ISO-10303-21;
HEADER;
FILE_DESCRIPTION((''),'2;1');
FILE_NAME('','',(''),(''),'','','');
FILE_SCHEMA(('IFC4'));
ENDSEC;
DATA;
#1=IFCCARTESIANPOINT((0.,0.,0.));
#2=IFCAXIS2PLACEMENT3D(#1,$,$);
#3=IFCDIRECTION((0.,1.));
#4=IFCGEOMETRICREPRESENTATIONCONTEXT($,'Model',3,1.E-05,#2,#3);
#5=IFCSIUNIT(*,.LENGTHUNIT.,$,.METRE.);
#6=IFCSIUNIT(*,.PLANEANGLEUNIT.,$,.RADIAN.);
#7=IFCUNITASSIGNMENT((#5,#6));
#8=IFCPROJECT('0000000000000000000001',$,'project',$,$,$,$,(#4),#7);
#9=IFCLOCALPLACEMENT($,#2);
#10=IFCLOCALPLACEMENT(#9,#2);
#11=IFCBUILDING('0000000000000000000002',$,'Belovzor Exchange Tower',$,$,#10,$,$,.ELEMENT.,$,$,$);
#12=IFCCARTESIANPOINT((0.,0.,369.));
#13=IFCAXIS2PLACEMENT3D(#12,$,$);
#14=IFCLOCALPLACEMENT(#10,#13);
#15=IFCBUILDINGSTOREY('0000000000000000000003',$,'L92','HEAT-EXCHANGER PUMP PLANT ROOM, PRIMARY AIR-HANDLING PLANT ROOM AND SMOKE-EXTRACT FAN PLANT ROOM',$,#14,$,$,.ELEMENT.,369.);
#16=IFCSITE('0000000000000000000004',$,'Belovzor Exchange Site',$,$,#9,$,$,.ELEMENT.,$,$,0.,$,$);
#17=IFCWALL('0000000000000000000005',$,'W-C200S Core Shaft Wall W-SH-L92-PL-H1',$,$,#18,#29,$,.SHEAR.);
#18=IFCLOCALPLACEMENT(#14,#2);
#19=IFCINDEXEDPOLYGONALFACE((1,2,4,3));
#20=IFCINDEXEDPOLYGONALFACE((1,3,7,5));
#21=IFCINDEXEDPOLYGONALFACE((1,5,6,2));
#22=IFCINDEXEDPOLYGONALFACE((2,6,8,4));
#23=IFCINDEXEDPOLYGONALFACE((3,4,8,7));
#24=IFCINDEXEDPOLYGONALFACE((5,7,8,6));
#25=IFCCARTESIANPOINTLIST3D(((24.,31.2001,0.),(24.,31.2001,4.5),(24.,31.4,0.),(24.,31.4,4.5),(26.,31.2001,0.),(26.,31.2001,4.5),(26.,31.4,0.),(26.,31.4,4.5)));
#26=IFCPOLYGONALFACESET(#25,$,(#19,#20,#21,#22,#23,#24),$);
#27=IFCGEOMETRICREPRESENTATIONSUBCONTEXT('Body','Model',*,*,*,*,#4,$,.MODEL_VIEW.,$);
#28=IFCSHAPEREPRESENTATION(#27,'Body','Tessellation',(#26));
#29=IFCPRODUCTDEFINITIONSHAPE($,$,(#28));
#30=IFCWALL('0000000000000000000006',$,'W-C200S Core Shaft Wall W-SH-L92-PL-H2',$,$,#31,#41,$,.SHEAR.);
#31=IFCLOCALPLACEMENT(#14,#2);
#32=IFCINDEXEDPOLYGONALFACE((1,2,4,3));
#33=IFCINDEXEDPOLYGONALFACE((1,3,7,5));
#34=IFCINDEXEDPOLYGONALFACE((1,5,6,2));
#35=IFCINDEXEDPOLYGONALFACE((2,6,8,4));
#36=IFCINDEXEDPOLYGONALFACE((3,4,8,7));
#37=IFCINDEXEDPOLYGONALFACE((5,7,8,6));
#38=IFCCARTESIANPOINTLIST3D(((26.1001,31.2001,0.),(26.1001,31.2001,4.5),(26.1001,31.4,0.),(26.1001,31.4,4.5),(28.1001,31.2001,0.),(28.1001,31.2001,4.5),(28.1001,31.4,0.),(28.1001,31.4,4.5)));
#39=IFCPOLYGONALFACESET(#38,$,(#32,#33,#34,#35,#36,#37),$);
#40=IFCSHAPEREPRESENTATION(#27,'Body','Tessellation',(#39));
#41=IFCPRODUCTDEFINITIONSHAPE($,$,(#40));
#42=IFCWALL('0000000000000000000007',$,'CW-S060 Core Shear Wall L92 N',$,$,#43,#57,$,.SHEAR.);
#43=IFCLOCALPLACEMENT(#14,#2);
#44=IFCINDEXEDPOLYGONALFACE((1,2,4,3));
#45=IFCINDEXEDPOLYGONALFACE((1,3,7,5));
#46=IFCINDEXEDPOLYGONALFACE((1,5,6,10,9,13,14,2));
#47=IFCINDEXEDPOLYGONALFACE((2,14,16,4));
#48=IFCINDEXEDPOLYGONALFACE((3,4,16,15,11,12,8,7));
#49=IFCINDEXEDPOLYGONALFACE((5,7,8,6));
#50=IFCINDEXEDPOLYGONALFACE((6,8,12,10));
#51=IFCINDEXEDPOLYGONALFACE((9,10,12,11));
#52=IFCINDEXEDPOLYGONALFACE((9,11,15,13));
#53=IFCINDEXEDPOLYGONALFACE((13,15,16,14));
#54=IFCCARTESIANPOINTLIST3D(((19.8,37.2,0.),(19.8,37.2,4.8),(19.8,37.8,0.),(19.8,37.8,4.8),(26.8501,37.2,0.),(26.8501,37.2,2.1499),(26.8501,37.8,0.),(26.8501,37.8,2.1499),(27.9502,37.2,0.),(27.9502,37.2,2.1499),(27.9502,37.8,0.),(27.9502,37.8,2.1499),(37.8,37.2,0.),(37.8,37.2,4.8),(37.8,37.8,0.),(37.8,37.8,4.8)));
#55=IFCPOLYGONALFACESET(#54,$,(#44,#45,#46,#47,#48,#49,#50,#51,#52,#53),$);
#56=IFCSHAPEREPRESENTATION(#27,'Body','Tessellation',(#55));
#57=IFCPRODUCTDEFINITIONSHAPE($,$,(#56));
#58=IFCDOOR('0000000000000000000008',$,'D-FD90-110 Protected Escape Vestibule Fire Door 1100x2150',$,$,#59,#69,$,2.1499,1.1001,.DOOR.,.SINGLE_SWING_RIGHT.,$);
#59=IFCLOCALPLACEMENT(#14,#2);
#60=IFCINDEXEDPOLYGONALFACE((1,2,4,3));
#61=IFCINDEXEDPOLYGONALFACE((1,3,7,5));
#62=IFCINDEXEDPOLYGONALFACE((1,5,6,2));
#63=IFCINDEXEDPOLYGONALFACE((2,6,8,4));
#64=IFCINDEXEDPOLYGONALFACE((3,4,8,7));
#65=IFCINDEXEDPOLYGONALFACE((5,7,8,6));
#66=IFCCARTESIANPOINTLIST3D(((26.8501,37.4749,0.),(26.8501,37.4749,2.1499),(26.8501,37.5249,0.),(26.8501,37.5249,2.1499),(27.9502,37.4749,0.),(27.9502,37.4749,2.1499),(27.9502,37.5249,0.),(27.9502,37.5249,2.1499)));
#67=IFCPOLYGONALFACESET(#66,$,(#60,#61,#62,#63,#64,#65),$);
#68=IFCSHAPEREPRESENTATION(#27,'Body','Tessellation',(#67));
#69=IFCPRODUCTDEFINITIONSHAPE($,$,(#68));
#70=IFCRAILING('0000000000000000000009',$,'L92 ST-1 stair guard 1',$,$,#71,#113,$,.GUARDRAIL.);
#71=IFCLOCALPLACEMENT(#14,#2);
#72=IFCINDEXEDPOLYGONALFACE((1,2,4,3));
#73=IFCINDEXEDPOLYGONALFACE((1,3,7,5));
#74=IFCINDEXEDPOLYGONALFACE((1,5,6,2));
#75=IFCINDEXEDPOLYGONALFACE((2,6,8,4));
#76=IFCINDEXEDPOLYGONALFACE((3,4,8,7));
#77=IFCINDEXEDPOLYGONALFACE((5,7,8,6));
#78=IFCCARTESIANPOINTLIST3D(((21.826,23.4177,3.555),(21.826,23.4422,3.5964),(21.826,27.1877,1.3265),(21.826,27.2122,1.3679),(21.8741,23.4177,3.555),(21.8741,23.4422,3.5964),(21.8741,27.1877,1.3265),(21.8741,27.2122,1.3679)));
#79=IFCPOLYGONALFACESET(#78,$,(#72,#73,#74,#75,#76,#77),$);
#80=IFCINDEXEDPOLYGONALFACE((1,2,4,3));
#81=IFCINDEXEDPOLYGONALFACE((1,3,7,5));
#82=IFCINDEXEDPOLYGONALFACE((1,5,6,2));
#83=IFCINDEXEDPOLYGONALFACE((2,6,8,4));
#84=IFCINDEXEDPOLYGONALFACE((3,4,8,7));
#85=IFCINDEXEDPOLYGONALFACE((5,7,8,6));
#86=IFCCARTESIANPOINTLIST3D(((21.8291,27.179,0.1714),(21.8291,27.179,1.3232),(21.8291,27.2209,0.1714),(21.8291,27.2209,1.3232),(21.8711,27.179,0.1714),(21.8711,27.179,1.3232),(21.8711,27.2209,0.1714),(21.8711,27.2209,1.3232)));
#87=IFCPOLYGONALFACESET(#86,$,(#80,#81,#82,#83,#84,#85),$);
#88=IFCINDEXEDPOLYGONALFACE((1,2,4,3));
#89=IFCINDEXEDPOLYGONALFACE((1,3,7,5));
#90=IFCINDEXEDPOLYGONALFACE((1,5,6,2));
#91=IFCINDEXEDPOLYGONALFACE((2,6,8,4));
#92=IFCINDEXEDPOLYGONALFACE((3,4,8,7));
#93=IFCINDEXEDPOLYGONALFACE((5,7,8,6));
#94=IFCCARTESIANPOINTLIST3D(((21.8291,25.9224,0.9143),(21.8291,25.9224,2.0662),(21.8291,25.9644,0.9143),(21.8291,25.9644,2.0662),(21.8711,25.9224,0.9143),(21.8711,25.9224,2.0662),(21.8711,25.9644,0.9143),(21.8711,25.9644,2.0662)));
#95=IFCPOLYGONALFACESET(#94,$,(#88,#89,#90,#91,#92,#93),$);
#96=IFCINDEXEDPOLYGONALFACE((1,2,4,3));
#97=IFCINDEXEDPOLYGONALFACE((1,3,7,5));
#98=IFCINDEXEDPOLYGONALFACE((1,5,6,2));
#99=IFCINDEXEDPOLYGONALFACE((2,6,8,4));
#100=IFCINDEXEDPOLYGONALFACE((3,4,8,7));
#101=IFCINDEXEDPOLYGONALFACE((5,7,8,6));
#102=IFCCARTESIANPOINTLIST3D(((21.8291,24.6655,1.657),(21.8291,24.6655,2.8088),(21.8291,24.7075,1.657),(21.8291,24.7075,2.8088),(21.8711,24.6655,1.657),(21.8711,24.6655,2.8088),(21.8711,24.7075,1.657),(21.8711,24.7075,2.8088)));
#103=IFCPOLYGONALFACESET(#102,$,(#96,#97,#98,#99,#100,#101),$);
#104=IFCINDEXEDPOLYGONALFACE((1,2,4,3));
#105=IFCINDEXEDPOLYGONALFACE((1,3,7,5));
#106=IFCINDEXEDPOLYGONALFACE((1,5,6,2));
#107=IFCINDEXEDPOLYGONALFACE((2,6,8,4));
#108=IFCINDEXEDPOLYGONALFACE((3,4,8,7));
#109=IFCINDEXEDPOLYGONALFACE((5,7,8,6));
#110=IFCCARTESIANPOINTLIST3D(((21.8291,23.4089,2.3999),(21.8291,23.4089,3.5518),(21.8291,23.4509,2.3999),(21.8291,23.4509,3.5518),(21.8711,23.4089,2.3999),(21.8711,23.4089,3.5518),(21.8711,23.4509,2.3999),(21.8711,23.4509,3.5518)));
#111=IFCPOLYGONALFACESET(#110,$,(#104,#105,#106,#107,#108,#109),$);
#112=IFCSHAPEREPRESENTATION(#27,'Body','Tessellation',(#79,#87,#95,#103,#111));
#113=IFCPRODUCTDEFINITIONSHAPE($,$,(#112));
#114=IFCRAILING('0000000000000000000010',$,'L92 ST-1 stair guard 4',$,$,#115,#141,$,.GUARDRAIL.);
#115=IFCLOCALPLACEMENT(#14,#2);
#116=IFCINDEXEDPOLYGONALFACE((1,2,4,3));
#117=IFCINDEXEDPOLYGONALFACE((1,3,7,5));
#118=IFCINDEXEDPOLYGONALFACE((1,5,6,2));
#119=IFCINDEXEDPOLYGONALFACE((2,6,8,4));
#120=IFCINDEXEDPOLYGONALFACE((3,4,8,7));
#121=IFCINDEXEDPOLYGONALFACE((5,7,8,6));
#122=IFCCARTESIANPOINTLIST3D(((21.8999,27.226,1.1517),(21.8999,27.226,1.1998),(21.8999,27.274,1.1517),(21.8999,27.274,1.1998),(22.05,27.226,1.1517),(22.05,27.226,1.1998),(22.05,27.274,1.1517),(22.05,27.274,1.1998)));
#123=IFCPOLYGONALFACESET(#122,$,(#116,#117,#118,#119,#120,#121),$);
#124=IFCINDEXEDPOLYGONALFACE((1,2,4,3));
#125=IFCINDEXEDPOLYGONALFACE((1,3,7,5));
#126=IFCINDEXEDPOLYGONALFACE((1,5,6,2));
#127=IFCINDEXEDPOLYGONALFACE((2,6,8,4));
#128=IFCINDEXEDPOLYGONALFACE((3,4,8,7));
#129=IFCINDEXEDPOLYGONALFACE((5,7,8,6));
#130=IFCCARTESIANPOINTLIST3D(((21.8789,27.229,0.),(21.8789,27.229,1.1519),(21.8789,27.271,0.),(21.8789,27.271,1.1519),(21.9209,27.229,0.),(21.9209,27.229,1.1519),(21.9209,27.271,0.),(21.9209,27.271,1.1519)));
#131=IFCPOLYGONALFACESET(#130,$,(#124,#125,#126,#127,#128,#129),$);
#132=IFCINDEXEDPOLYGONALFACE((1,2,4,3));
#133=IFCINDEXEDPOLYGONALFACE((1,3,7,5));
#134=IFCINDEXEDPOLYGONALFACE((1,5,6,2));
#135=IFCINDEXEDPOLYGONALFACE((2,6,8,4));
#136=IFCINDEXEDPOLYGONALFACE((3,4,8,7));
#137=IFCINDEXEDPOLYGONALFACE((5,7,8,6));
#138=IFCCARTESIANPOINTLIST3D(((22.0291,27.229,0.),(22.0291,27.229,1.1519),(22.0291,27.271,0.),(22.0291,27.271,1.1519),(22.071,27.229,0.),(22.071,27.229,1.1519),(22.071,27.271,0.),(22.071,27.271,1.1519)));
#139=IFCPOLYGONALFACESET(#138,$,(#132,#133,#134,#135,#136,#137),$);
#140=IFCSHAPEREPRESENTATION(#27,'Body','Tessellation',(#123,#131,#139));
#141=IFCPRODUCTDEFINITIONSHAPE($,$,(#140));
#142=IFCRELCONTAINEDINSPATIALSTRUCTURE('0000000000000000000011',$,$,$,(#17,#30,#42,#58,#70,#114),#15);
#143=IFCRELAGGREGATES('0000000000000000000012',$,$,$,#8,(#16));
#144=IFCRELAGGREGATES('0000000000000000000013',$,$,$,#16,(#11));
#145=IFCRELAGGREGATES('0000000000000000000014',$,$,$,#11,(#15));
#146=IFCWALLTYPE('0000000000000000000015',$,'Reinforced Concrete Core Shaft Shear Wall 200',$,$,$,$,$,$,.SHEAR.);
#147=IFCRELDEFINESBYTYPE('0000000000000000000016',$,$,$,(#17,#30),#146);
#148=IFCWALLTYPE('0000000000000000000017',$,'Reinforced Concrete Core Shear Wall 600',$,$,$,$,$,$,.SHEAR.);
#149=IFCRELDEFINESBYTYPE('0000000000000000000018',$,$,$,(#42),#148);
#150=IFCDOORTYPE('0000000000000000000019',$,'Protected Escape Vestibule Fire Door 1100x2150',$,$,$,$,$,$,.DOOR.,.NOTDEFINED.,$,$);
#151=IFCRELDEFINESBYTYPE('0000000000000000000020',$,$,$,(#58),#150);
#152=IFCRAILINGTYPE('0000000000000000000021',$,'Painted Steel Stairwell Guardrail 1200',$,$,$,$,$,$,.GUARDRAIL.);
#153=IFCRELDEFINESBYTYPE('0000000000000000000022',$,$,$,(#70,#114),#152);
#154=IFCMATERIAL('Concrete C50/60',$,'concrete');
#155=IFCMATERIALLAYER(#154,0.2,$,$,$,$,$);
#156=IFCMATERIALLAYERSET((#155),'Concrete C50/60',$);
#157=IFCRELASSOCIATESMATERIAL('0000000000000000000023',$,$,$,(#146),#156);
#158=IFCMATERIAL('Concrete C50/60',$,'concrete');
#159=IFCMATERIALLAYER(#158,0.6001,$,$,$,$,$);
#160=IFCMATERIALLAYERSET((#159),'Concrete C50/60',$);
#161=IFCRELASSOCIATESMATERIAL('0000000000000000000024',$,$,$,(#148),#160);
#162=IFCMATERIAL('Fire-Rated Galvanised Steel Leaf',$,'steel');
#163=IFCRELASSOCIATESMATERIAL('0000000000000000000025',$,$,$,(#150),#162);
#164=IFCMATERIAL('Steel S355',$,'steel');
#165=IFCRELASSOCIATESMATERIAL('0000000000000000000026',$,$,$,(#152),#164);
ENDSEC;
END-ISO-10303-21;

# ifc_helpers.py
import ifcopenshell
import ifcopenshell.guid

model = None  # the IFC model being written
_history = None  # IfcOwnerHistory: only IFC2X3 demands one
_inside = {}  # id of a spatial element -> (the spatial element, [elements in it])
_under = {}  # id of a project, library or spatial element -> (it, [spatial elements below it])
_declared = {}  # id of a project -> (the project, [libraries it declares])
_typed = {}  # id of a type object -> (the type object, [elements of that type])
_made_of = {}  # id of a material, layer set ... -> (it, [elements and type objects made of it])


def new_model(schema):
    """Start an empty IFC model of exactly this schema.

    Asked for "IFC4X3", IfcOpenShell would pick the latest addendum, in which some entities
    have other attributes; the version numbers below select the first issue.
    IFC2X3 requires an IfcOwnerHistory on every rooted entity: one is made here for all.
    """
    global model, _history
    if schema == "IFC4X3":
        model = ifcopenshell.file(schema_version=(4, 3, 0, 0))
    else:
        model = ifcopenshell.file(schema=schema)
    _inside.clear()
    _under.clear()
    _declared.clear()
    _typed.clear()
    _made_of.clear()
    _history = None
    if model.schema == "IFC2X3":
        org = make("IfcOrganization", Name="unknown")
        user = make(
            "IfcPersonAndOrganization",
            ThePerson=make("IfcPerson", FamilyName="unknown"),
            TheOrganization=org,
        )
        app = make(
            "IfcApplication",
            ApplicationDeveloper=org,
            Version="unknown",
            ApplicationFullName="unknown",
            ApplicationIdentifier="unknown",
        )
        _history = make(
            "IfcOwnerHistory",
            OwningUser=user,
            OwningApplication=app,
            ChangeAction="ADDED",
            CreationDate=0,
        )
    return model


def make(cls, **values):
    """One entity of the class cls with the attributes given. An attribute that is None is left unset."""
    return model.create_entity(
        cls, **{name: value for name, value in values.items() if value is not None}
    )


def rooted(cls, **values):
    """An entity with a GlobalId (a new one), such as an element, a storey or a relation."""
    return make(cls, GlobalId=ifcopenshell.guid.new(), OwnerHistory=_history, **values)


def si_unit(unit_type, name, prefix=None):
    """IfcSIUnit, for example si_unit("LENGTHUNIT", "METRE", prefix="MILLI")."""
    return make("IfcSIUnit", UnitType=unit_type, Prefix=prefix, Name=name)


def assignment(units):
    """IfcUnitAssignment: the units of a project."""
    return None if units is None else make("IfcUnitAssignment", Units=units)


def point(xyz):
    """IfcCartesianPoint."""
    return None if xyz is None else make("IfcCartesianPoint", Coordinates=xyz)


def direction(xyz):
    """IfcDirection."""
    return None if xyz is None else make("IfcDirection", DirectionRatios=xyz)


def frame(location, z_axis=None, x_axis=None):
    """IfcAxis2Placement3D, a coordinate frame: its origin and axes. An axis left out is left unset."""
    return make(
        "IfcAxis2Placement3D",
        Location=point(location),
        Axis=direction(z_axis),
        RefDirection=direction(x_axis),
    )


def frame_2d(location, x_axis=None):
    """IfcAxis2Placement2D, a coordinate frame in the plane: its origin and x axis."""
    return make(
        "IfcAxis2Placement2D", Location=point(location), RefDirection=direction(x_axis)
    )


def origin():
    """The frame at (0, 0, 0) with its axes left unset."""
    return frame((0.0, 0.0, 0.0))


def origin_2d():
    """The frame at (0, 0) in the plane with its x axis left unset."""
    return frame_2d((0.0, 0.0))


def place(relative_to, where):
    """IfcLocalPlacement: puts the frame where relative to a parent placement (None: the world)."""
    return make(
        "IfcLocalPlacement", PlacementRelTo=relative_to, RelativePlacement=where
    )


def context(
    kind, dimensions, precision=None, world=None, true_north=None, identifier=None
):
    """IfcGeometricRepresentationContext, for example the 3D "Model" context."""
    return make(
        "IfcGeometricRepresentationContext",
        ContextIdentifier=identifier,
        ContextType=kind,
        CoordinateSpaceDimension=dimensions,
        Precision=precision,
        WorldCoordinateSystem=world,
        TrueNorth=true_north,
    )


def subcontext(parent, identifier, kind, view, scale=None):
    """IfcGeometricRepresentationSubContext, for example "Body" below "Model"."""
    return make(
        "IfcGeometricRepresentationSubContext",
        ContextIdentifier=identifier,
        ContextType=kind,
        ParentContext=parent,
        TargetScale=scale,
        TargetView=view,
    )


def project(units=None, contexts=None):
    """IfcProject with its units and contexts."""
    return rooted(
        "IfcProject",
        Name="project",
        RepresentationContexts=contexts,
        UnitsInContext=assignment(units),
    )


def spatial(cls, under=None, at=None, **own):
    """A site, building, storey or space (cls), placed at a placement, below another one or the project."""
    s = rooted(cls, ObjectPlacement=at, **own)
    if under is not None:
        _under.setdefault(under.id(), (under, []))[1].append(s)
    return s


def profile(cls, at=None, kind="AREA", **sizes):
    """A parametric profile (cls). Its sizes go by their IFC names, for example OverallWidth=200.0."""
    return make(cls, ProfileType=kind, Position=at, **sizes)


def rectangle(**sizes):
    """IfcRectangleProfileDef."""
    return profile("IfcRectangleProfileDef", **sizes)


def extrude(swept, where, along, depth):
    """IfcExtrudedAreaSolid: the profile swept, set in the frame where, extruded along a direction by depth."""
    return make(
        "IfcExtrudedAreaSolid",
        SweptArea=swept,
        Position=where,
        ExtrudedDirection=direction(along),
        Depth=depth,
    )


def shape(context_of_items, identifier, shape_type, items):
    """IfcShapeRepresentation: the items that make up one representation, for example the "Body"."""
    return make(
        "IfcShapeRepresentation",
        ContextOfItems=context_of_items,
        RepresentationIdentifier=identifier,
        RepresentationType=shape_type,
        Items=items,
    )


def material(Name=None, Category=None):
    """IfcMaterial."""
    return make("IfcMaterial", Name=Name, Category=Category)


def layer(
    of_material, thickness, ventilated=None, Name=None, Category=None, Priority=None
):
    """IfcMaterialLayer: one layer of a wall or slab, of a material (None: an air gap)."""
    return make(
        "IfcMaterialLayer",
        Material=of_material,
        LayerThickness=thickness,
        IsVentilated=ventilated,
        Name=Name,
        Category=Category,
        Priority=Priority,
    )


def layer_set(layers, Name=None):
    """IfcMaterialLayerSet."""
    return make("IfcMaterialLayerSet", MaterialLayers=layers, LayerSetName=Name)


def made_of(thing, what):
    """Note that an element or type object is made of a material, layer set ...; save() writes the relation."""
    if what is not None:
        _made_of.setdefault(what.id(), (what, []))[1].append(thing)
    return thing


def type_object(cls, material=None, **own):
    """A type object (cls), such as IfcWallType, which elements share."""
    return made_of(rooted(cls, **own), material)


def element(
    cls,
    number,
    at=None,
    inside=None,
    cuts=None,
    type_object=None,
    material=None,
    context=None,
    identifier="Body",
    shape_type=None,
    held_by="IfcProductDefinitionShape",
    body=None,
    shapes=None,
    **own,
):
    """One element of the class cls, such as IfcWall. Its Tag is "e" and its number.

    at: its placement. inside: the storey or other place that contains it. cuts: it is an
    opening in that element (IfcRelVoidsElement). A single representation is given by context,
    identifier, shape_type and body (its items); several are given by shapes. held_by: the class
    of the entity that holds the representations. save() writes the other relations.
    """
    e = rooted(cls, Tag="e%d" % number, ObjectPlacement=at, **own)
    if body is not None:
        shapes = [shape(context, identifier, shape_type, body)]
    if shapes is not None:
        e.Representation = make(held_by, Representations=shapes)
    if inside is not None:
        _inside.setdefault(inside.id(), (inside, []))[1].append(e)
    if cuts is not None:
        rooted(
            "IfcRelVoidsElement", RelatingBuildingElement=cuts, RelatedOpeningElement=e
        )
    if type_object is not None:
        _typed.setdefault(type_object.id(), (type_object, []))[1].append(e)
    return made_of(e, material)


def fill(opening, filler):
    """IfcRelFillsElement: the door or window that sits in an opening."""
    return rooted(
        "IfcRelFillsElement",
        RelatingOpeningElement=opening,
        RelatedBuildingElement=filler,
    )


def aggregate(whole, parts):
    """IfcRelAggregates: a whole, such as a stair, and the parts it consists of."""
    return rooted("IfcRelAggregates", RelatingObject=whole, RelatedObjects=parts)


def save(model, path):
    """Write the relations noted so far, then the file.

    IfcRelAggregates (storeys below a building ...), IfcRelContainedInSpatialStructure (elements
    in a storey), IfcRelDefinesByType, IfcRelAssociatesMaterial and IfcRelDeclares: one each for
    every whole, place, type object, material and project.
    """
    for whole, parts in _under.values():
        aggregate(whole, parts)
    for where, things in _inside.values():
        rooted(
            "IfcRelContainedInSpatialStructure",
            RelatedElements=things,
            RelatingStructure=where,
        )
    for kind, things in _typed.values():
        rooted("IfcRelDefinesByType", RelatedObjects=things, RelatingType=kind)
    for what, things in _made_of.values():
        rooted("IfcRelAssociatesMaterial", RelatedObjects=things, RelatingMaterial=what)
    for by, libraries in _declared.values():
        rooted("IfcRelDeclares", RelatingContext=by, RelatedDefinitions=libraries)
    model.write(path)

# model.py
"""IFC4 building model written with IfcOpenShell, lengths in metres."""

from ifc_helpers import new_model, si_unit, direction, frame, frame_2d, origin, origin_2d, place, context, subcontext, project, spatial, rectangle, extrude, material, layer, layer_set, type_object, element, fill, save


model = new_model("IFC4")

# Units and contexts
model_context = context("Model", 3, precision=1e-05, world=origin(), true_north=direction((0.0, 1.0)))
body_context = subcontext(model_context, "Body", "Model", "MODEL_VIEW")
ifc_project = project(units=[si_unit("LENGTHUNIT", "METRE"), si_unit("PLANEANGLEUNIT", "RADIAN")], contexts=[model_context])

# Site, building, storey
site_placement = place(None, origin())
site = spatial("IfcSite", under=ifc_project, at=site_placement, Name="Belovzor Exchange Site", CompositionType="ELEMENT", RefElevation=0.0)
building_placement = place(site_placement, origin())
building = spatial("IfcBuilding", under=site, at=building_placement, Name="Belovzor Exchange Tower", CompositionType="ELEMENT")
storey_placement = place(building_placement, frame((0.0, 0.0, 369.0)))
storey = spatial("IfcBuildingStorey", under=building, at=storey_placement, Name="L92", Description="HEAT-EXCHANGER PUMP PLANT ROOM, PRIMARY AIR-HANDLING PLANT ROOM AND SMOKE-EXTRACT FAN PLANT ROOM", CompositionType="ELEMENT", Elevation=369.0)

# Shared definitions
ifc_material_1 = material(Name="Concrete C50/60", Category="concrete")
ifc_layer_1 = layer(ifc_material_1, 0.2)
ifc_layer_set_1 = layer_set([ifc_layer_1], Name="Concrete C50/60")
wall_type_1 = type_object("IfcWallType", Name="Reinforced Concrete Core Shaft Shear Wall 200", PredefinedType="SHEAR", material=ifc_layer_set_1)

# Walls
for number, where, z_axis, x_axis, name in (
    (1, (24.0, 31.3, 0.0), (0.0, 0.0, 1.0), (1.0, 0.0, 0.0), "W-C200S Core Shaft Wall W-SH-L92-PL-H1"),
    (2, (26.1001, 31.3, 0.0), (0.0, 0.0, 1.0), (1.0, 0.0, 0.0), "W-C200S Core Shaft Wall W-SH-L92-PL-H2"),
):
    element("IfcWall", number, at=place(storey_placement, frame(where, z_axis=z_axis, x_axis=x_axis)), inside=storey, type_object=wall_type_1, Name=name, PredefinedType="SHEAR", context=body_context, shape_type="SweptSolid", body=[
        extrude(rectangle(XDim=2.0, YDim=0.2, at=frame_2d((1.0, 0.0))), origin(), (0.0, 0.0, 1.0), 4.5),
    ])

# Wall, opening, door
ifc_material_2 = material(Name="Concrete C50/60", Category="concrete")
ifc_layer_2 = layer(ifc_material_2, 0.6001)
ifc_layer_set_2 = layer_set([ifc_layer_2], Name="Concrete C50/60")
wall_type_2 = type_object("IfcWallType", Name="Reinforced Concrete Core Shear Wall 600", PredefinedType="SHEAR", material=ifc_layer_set_2)
wall_1_placement = place(storey_placement, frame((19.8, 37.5, 0.0), z_axis=(0.0, 0.0, 1.0), x_axis=(1.0, 0.0, 0.0)))
wall_1 = element("IfcWall", 3, at=wall_1_placement, inside=storey, type_object=wall_type_2, Name="CW-S060 Core Shear Wall L92 N", PredefinedType="SHEAR", context=body_context, shape_type="SweptSolid", body=[
    extrude(rectangle(XDim=18.0, YDim=0.6001, at=frame_2d((9.0, 0.0))), origin(), (0.0, 0.0, 1.0), 4.8),
])
opening_1_placement = place(wall_1_placement, frame((7.05, 0.0, 0.0)))
opening_1 = element("IfcOpeningElement", 4, at=opening_1_placement, cuts=wall_1, PredefinedType="OPENING", context=body_context, shape_type="SweptSolid", body=[
    extrude(rectangle(XDim=1.1001, YDim=2.1499, at=frame_2d((0.55, 1.075))), frame((0.0, 0.3101, 0.0), z_axis=(0.0, -1.0, 0.0), x_axis=(1.0, 0.0, 0.0)), (0.0, 0.0, 1.0), 0.6201),
])
ifc_material_3 = material(Name="Fire-Rated Galvanised Steel Leaf", Category="steel")
door_type_1 = type_object("IfcDoorType", Name="Protected Escape Vestibule Fire Door 1100x2150", OperationType="NOTDEFINED", PredefinedType="DOOR", material=ifc_material_3)
door_1_placement = place(opening_1_placement, origin())
door_1 = element("IfcDoor", 5, at=door_1_placement, inside=storey, type_object=door_type_1, Name="D-FD90-110 Protected Escape Vestibule Fire Door 1100x2150", OperationType="SINGLE_SWING_RIGHT", OverallHeight=2.1499, OverallWidth=1.1001, PredefinedType="DOOR", context=body_context, shape_type="SweptSolid", body=[
    extrude(rectangle(XDim=1.1001, YDim=2.1499, at=frame_2d((0.55, 1.075))), frame((0.0, 0.0249, 0.0), z_axis=(0.0, -1.0, 0.0), x_axis=(1.0, 0.0, 0.0)), (0.0, 0.0, 1.0), 0.05),
])
fill(opening_1, door_1)

# Railings
ifc_material_4 = material(Name="Steel S355", Category="steel")
railing_type = type_object("IfcRailingType", Name="Painted Steel Stairwell Guardrail 1200", PredefinedType="GUARDRAIL", material=ifc_material_4)
railing_1_placement = place(storey_placement, frame((21.8501, 27.2, 0.1714)))
element("IfcRailing", 6, at=railing_1_placement, inside=storey, type_object=railing_type, Name="L92 ST-1 stair guard 1", PredefinedType="GUARDRAIL", context=body_context, shape_type="SweptSolid", body=[
    extrude(rectangle(XDim=0.0481, YDim=0.0481, at=origin_2d()), frame((0.0, 0.0, 1.1758), z_axis=(0.0, -0.860849, 0.508861), x_axis=(1.0, 0.0, 0.0)), (0.0, 0.0, 1.0), 4.3794),
    extrude(rectangle(XDim=0.042, YDim=0.042, at=origin_2d()), origin(), (0.0, 0.0, 1.0), 1.1519),
    extrude(rectangle(XDim=0.042, YDim=0.042, at=origin_2d()), frame((0.0, -1.2566, 0.7429)), (0.0, 0.0, 1.0), 1.1519),
    extrude(rectangle(XDim=0.042, YDim=0.042, at=origin_2d()), frame((0.0, -2.5134, 1.4856)), (0.0, 0.0, 1.0), 1.1519),
    extrude(rectangle(XDim=0.042, YDim=0.042, at=origin_2d()), frame((0.0, -3.77, 2.2285)), (0.0, 0.0, 1.0), 1.1519),
])
railing_2_placement = place(storey_placement, frame((21.8999, 27.25, 0.0)))
element("IfcRailing", 7, at=railing_2_placement, inside=storey, type_object=railing_type, Name="L92 ST-1 stair guard 4", PredefinedType="GUARDRAIL", context=body_context, shape_type="SweptSolid", body=[
    extrude(rectangle(XDim=0.0481, YDim=0.0481, at=origin_2d()), frame((0.0, 0.0, 1.1758), z_axis=(1.0, 0.0, 0.0), x_axis=(0.0, 1.0, 0.0)), (0.0, 0.0, 1.0), 0.1501),
    extrude(rectangle(XDim=0.042, YDim=0.042, at=origin_2d()), origin(), (0.0, 0.0, 1.0), 1.1519),
    extrude(rectangle(XDim=0.042, YDim=0.042, at=origin_2d()), frame((0.1501, 0.0, 0.0)), (0.0, 0.0, 1.0), 1.1519),
])

save(model, "model.ifc")
